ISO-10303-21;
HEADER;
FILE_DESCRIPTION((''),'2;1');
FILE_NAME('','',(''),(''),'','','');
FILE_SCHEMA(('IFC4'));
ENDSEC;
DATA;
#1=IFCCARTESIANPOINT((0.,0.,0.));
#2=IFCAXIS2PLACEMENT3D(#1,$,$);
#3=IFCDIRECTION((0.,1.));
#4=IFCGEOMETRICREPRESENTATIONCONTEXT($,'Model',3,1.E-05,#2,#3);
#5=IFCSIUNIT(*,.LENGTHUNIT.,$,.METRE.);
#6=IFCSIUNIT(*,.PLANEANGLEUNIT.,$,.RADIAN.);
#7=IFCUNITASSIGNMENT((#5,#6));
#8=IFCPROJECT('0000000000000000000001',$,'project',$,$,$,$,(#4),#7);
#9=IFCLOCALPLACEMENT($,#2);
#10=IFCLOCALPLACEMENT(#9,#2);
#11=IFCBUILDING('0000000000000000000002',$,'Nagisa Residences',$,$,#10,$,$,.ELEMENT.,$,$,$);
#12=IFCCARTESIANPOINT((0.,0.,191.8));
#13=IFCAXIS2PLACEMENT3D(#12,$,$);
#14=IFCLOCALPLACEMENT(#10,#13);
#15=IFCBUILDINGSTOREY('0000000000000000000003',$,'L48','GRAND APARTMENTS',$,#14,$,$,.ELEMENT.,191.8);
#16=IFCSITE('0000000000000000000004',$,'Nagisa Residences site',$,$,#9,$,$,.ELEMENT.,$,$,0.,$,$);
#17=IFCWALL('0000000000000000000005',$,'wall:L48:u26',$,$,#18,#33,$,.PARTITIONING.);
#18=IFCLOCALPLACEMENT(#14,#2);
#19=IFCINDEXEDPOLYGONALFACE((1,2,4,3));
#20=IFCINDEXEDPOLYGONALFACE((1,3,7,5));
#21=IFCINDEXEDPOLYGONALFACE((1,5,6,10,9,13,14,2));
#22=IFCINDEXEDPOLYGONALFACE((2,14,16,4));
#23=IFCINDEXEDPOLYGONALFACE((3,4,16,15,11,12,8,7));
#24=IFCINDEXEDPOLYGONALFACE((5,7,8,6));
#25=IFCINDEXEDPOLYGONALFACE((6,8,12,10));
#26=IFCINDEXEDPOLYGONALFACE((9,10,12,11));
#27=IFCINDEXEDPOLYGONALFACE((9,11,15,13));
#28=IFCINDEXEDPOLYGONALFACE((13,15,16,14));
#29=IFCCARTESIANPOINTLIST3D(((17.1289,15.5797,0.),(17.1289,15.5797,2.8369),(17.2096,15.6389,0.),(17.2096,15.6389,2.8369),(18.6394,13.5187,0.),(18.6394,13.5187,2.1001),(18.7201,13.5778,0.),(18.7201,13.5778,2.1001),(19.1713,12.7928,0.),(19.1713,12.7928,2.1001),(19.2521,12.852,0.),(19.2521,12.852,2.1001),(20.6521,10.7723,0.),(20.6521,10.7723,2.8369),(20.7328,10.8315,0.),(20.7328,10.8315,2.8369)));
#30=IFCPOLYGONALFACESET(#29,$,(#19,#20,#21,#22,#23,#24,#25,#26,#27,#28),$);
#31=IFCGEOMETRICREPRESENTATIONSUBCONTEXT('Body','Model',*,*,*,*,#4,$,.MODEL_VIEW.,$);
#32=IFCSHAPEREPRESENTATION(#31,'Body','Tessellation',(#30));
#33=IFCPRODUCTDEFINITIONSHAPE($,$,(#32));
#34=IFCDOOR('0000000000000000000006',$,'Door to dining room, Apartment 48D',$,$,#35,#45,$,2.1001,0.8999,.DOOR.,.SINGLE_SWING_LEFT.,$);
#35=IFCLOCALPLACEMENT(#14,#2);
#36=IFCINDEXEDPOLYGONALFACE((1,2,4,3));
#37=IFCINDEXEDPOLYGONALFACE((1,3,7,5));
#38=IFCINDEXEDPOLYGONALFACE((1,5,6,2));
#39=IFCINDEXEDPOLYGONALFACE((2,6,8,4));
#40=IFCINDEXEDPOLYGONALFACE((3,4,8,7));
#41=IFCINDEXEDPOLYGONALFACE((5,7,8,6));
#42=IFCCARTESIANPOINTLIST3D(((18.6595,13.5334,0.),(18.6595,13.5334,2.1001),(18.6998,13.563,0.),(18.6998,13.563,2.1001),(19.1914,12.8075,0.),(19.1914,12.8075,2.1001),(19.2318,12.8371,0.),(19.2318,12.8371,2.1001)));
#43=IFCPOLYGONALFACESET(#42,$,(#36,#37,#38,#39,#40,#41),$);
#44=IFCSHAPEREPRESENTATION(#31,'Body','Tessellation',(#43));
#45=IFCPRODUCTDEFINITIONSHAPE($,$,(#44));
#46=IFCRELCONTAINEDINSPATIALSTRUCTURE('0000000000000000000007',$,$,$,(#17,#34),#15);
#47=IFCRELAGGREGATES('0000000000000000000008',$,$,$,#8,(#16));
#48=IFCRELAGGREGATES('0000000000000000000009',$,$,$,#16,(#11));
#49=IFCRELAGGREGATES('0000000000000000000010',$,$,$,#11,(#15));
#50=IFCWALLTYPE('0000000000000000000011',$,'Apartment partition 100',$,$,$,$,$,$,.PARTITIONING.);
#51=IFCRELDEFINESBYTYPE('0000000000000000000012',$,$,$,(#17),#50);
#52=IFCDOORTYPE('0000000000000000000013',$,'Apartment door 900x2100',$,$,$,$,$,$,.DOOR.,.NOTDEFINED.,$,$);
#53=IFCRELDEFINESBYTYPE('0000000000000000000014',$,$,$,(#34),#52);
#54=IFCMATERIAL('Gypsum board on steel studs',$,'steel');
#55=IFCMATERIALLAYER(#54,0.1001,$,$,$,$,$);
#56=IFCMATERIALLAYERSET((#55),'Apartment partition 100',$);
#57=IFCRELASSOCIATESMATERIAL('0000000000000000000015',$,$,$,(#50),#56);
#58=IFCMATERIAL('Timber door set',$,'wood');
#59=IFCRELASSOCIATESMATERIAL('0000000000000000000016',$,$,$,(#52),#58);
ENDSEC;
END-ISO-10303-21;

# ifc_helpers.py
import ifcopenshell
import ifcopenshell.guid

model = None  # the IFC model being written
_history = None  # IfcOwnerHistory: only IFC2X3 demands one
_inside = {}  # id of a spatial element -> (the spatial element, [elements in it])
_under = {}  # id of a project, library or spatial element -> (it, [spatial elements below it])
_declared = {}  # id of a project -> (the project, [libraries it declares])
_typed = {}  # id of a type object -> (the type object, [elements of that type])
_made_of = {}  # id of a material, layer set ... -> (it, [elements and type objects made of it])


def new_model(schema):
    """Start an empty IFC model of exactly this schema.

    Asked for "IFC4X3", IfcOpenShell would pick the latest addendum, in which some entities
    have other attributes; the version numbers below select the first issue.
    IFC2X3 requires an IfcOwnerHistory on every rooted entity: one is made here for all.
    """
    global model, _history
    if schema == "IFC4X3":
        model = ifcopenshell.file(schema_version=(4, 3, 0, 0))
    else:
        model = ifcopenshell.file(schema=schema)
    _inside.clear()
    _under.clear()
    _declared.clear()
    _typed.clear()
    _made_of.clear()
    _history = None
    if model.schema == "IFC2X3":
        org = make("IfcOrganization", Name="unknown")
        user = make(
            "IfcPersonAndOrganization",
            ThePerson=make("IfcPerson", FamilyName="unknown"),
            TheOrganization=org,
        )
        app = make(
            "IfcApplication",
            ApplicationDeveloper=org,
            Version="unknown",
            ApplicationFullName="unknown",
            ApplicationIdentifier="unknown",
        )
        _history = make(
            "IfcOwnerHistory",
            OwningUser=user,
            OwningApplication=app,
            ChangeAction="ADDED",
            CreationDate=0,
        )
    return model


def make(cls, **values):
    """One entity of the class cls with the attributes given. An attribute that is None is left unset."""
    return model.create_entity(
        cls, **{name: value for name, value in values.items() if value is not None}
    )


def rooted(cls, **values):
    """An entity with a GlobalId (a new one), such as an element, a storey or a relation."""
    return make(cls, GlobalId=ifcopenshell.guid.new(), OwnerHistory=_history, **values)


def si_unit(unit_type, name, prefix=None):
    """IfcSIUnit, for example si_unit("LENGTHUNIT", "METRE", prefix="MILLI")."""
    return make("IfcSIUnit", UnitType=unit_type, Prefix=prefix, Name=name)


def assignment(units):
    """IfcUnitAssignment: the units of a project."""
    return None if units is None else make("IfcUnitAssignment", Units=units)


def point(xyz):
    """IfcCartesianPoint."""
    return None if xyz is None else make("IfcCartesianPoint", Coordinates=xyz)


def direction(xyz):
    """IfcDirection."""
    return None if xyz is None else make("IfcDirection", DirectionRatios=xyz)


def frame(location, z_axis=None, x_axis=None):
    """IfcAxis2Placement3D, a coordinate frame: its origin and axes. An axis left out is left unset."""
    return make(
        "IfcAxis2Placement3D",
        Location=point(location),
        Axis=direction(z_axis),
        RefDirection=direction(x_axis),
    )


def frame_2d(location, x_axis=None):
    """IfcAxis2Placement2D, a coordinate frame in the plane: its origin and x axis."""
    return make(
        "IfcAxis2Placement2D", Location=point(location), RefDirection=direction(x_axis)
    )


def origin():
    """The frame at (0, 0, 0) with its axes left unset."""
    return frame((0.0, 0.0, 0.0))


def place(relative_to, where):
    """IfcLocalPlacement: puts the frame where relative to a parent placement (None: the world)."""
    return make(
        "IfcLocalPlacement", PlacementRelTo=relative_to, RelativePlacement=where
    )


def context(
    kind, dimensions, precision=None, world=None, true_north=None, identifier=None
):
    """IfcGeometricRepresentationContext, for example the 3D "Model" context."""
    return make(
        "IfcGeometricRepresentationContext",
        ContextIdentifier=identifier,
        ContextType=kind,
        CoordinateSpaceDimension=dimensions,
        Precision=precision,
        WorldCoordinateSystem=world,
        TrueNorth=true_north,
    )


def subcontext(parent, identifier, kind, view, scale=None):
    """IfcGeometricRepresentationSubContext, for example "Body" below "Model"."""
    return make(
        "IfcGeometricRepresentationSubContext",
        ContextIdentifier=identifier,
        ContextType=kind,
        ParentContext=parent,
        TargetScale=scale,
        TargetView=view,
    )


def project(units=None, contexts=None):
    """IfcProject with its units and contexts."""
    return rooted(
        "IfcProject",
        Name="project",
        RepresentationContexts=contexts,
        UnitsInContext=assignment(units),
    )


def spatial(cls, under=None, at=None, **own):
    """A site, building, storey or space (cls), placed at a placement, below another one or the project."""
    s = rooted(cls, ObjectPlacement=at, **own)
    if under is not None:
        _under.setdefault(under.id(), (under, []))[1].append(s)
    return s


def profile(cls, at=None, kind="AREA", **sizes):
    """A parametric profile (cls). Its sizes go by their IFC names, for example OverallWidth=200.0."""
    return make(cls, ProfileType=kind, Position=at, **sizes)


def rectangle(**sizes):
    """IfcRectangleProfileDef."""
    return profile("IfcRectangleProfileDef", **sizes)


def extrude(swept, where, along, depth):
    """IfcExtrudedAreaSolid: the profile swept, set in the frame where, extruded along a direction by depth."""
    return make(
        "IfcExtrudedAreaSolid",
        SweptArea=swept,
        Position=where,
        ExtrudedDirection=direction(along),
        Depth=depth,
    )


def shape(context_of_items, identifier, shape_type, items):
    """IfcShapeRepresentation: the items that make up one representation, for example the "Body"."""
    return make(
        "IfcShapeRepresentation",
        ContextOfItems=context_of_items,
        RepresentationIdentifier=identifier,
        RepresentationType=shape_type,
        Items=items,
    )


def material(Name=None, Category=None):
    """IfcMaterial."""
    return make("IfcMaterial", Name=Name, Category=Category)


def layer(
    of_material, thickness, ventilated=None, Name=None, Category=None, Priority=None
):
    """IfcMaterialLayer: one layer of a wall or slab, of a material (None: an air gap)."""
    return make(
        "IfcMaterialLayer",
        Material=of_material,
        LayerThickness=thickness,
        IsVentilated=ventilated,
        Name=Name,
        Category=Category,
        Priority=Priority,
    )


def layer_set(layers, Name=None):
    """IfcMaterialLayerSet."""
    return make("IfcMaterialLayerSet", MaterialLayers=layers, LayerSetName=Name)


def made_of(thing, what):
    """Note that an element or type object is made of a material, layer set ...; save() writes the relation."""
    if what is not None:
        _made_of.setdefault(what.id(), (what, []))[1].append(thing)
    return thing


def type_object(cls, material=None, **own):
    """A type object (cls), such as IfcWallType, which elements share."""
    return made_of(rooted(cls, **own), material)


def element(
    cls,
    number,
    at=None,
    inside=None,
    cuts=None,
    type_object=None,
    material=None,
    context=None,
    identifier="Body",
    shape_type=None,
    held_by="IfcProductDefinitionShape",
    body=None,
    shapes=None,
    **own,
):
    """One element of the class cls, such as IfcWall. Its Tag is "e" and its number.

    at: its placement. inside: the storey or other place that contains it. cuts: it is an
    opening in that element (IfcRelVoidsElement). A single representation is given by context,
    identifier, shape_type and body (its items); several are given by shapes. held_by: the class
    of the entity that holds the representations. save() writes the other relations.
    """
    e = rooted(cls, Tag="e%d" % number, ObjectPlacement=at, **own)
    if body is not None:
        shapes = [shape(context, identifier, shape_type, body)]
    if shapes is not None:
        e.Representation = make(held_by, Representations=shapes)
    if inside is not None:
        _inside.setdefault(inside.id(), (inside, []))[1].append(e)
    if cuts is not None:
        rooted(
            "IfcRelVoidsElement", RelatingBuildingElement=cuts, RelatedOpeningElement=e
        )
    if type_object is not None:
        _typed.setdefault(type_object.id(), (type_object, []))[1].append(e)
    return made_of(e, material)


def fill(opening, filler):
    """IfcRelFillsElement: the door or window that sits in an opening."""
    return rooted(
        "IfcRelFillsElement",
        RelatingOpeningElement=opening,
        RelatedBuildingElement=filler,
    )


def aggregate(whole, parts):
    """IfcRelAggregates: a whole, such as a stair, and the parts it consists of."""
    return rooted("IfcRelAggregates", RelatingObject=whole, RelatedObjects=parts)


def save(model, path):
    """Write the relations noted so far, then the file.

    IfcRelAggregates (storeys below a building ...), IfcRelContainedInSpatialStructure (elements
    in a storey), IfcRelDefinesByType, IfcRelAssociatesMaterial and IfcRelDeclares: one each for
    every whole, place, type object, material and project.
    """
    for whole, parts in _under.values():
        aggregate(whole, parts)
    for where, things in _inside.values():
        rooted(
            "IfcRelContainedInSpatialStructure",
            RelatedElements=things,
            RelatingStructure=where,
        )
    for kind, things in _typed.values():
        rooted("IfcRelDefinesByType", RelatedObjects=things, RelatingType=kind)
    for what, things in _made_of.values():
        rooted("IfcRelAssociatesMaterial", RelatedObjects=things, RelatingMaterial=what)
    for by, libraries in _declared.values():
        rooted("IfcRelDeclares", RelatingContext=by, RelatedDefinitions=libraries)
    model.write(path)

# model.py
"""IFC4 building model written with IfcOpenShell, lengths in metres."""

from ifc_helpers import new_model, si_unit, direction, frame, frame_2d, origin, place, context, subcontext, project, spatial, rectangle, extrude, material, layer, layer_set, type_object, element, fill, save


model = new_model("IFC4")

# Units and contexts
model_context = context("Model", 3, precision=1e-05, world=origin(), true_north=direction((0.0, 1.0)))
body_context = subcontext(model_context, "Body", "Model", "MODEL_VIEW")
ifc_project = project(units=[si_unit("LENGTHUNIT", "METRE"), si_unit("PLANEANGLEUNIT", "RADIAN")], contexts=[model_context])

# Site, building, storey
site_placement = place(None, origin())
site = spatial("IfcSite", under=ifc_project, at=site_placement, Name="Nagisa Residences site", CompositionType="ELEMENT", RefElevation=0.0)
building_placement = place(site_placement, origin())
building = spatial("IfcBuilding", under=site, at=building_placement, Name="Nagisa Residences", CompositionType="ELEMENT")
storey_placement = place(building_placement, frame((0.0, 0.0, 191.8)))
storey = spatial("IfcBuildingStorey", under=building, at=storey_placement, Name="L48", Description="GRAND APARTMENTS", CompositionType="ELEMENT", Elevation=191.8)

# Shared definitions
ifc_material_1 = material(Name="Gypsum board on steel studs", Category="steel")
ifc_layer_1 = layer(ifc_material_1, 0.1001)
ifc_layer_set_1 = layer_set([ifc_layer_1], Name="Apartment partition 100")
wall_type_1 = type_object("IfcWallType", Name="Apartment partition 100", PredefinedType="PARTITIONING", material=ifc_layer_set_1)

# Shared definitions
ifc_material_2 = material(Name="Timber door set", Category="wood")
door_type_1 = type_object("IfcDoorType", Name="Apartment door 900x2100", OperationType="NOTDEFINED", PredefinedType="DOOR", material=ifc_material_2)

# Wall, opening, door
wall_1_placement = place(storey_placement, frame((20.6924, 10.802, 0.0), z_axis=(0.0, 0.0, 1.0), x_axis=(-0.591122, 0.806582, 0.0)))
wall_1 = element("IfcWall", 1, at=wall_1_placement, inside=storey, type_object=wall_type_1, Name="wall:L48:u26", PredefinedType="PARTITIONING", context=body_context, shape_type="SweptSolid", body=[
    extrude(rectangle(XDim=5.9602, YDim=0.1001, at=frame_2d((2.98, 0.0))), origin(), (0.0, 0.0, 1.0), 2.8369),
])
opening_1_placement = place(wall_1_placement, frame((2.5049, 0.0, 0.0)))
opening_1 = element("IfcOpeningElement", 2, at=opening_1_placement, cuts=wall_1, PredefinedType="OPENING", context=body_context, shape_type="SweptSolid", body=[
    extrude(rectangle(XDim=0.8999, YDim=2.1001, at=frame_2d((0.45, 1.05))), frame((0.0, 0.0601, 0.0), z_axis=(0.0, -1.0, 0.0), x_axis=(1.0, 0.0, 0.0)), (0.0, 0.0, 1.0), 0.1201),
])
door_1_placement = place(opening_1_placement, frame((0.8999, 0.0, 0.0), x_axis=(-1.0, 0.0, 0.0)))
door_1 = element("IfcDoor", 3, at=door_1_placement, inside=storey, type_object=door_type_1, Name="Door to dining room, Apartment 48D", OperationType="SINGLE_SWING_LEFT", OverallHeight=2.1001, OverallWidth=0.8999, PredefinedType="DOOR", context=body_context, shape_type="SweptSolid", body=[
    extrude(rectangle(XDim=0.8999, YDim=2.1001, at=frame_2d((0.45, 1.05))), frame((0.0, 0.0249, 0.0), z_axis=(0.0, -1.0, 0.0), x_axis=(1.0, 0.0, 0.0)), (0.0, 0.0, 1.0), 0.05),
])
fill(opening_1, door_1)

save(model, "model.ifc")
